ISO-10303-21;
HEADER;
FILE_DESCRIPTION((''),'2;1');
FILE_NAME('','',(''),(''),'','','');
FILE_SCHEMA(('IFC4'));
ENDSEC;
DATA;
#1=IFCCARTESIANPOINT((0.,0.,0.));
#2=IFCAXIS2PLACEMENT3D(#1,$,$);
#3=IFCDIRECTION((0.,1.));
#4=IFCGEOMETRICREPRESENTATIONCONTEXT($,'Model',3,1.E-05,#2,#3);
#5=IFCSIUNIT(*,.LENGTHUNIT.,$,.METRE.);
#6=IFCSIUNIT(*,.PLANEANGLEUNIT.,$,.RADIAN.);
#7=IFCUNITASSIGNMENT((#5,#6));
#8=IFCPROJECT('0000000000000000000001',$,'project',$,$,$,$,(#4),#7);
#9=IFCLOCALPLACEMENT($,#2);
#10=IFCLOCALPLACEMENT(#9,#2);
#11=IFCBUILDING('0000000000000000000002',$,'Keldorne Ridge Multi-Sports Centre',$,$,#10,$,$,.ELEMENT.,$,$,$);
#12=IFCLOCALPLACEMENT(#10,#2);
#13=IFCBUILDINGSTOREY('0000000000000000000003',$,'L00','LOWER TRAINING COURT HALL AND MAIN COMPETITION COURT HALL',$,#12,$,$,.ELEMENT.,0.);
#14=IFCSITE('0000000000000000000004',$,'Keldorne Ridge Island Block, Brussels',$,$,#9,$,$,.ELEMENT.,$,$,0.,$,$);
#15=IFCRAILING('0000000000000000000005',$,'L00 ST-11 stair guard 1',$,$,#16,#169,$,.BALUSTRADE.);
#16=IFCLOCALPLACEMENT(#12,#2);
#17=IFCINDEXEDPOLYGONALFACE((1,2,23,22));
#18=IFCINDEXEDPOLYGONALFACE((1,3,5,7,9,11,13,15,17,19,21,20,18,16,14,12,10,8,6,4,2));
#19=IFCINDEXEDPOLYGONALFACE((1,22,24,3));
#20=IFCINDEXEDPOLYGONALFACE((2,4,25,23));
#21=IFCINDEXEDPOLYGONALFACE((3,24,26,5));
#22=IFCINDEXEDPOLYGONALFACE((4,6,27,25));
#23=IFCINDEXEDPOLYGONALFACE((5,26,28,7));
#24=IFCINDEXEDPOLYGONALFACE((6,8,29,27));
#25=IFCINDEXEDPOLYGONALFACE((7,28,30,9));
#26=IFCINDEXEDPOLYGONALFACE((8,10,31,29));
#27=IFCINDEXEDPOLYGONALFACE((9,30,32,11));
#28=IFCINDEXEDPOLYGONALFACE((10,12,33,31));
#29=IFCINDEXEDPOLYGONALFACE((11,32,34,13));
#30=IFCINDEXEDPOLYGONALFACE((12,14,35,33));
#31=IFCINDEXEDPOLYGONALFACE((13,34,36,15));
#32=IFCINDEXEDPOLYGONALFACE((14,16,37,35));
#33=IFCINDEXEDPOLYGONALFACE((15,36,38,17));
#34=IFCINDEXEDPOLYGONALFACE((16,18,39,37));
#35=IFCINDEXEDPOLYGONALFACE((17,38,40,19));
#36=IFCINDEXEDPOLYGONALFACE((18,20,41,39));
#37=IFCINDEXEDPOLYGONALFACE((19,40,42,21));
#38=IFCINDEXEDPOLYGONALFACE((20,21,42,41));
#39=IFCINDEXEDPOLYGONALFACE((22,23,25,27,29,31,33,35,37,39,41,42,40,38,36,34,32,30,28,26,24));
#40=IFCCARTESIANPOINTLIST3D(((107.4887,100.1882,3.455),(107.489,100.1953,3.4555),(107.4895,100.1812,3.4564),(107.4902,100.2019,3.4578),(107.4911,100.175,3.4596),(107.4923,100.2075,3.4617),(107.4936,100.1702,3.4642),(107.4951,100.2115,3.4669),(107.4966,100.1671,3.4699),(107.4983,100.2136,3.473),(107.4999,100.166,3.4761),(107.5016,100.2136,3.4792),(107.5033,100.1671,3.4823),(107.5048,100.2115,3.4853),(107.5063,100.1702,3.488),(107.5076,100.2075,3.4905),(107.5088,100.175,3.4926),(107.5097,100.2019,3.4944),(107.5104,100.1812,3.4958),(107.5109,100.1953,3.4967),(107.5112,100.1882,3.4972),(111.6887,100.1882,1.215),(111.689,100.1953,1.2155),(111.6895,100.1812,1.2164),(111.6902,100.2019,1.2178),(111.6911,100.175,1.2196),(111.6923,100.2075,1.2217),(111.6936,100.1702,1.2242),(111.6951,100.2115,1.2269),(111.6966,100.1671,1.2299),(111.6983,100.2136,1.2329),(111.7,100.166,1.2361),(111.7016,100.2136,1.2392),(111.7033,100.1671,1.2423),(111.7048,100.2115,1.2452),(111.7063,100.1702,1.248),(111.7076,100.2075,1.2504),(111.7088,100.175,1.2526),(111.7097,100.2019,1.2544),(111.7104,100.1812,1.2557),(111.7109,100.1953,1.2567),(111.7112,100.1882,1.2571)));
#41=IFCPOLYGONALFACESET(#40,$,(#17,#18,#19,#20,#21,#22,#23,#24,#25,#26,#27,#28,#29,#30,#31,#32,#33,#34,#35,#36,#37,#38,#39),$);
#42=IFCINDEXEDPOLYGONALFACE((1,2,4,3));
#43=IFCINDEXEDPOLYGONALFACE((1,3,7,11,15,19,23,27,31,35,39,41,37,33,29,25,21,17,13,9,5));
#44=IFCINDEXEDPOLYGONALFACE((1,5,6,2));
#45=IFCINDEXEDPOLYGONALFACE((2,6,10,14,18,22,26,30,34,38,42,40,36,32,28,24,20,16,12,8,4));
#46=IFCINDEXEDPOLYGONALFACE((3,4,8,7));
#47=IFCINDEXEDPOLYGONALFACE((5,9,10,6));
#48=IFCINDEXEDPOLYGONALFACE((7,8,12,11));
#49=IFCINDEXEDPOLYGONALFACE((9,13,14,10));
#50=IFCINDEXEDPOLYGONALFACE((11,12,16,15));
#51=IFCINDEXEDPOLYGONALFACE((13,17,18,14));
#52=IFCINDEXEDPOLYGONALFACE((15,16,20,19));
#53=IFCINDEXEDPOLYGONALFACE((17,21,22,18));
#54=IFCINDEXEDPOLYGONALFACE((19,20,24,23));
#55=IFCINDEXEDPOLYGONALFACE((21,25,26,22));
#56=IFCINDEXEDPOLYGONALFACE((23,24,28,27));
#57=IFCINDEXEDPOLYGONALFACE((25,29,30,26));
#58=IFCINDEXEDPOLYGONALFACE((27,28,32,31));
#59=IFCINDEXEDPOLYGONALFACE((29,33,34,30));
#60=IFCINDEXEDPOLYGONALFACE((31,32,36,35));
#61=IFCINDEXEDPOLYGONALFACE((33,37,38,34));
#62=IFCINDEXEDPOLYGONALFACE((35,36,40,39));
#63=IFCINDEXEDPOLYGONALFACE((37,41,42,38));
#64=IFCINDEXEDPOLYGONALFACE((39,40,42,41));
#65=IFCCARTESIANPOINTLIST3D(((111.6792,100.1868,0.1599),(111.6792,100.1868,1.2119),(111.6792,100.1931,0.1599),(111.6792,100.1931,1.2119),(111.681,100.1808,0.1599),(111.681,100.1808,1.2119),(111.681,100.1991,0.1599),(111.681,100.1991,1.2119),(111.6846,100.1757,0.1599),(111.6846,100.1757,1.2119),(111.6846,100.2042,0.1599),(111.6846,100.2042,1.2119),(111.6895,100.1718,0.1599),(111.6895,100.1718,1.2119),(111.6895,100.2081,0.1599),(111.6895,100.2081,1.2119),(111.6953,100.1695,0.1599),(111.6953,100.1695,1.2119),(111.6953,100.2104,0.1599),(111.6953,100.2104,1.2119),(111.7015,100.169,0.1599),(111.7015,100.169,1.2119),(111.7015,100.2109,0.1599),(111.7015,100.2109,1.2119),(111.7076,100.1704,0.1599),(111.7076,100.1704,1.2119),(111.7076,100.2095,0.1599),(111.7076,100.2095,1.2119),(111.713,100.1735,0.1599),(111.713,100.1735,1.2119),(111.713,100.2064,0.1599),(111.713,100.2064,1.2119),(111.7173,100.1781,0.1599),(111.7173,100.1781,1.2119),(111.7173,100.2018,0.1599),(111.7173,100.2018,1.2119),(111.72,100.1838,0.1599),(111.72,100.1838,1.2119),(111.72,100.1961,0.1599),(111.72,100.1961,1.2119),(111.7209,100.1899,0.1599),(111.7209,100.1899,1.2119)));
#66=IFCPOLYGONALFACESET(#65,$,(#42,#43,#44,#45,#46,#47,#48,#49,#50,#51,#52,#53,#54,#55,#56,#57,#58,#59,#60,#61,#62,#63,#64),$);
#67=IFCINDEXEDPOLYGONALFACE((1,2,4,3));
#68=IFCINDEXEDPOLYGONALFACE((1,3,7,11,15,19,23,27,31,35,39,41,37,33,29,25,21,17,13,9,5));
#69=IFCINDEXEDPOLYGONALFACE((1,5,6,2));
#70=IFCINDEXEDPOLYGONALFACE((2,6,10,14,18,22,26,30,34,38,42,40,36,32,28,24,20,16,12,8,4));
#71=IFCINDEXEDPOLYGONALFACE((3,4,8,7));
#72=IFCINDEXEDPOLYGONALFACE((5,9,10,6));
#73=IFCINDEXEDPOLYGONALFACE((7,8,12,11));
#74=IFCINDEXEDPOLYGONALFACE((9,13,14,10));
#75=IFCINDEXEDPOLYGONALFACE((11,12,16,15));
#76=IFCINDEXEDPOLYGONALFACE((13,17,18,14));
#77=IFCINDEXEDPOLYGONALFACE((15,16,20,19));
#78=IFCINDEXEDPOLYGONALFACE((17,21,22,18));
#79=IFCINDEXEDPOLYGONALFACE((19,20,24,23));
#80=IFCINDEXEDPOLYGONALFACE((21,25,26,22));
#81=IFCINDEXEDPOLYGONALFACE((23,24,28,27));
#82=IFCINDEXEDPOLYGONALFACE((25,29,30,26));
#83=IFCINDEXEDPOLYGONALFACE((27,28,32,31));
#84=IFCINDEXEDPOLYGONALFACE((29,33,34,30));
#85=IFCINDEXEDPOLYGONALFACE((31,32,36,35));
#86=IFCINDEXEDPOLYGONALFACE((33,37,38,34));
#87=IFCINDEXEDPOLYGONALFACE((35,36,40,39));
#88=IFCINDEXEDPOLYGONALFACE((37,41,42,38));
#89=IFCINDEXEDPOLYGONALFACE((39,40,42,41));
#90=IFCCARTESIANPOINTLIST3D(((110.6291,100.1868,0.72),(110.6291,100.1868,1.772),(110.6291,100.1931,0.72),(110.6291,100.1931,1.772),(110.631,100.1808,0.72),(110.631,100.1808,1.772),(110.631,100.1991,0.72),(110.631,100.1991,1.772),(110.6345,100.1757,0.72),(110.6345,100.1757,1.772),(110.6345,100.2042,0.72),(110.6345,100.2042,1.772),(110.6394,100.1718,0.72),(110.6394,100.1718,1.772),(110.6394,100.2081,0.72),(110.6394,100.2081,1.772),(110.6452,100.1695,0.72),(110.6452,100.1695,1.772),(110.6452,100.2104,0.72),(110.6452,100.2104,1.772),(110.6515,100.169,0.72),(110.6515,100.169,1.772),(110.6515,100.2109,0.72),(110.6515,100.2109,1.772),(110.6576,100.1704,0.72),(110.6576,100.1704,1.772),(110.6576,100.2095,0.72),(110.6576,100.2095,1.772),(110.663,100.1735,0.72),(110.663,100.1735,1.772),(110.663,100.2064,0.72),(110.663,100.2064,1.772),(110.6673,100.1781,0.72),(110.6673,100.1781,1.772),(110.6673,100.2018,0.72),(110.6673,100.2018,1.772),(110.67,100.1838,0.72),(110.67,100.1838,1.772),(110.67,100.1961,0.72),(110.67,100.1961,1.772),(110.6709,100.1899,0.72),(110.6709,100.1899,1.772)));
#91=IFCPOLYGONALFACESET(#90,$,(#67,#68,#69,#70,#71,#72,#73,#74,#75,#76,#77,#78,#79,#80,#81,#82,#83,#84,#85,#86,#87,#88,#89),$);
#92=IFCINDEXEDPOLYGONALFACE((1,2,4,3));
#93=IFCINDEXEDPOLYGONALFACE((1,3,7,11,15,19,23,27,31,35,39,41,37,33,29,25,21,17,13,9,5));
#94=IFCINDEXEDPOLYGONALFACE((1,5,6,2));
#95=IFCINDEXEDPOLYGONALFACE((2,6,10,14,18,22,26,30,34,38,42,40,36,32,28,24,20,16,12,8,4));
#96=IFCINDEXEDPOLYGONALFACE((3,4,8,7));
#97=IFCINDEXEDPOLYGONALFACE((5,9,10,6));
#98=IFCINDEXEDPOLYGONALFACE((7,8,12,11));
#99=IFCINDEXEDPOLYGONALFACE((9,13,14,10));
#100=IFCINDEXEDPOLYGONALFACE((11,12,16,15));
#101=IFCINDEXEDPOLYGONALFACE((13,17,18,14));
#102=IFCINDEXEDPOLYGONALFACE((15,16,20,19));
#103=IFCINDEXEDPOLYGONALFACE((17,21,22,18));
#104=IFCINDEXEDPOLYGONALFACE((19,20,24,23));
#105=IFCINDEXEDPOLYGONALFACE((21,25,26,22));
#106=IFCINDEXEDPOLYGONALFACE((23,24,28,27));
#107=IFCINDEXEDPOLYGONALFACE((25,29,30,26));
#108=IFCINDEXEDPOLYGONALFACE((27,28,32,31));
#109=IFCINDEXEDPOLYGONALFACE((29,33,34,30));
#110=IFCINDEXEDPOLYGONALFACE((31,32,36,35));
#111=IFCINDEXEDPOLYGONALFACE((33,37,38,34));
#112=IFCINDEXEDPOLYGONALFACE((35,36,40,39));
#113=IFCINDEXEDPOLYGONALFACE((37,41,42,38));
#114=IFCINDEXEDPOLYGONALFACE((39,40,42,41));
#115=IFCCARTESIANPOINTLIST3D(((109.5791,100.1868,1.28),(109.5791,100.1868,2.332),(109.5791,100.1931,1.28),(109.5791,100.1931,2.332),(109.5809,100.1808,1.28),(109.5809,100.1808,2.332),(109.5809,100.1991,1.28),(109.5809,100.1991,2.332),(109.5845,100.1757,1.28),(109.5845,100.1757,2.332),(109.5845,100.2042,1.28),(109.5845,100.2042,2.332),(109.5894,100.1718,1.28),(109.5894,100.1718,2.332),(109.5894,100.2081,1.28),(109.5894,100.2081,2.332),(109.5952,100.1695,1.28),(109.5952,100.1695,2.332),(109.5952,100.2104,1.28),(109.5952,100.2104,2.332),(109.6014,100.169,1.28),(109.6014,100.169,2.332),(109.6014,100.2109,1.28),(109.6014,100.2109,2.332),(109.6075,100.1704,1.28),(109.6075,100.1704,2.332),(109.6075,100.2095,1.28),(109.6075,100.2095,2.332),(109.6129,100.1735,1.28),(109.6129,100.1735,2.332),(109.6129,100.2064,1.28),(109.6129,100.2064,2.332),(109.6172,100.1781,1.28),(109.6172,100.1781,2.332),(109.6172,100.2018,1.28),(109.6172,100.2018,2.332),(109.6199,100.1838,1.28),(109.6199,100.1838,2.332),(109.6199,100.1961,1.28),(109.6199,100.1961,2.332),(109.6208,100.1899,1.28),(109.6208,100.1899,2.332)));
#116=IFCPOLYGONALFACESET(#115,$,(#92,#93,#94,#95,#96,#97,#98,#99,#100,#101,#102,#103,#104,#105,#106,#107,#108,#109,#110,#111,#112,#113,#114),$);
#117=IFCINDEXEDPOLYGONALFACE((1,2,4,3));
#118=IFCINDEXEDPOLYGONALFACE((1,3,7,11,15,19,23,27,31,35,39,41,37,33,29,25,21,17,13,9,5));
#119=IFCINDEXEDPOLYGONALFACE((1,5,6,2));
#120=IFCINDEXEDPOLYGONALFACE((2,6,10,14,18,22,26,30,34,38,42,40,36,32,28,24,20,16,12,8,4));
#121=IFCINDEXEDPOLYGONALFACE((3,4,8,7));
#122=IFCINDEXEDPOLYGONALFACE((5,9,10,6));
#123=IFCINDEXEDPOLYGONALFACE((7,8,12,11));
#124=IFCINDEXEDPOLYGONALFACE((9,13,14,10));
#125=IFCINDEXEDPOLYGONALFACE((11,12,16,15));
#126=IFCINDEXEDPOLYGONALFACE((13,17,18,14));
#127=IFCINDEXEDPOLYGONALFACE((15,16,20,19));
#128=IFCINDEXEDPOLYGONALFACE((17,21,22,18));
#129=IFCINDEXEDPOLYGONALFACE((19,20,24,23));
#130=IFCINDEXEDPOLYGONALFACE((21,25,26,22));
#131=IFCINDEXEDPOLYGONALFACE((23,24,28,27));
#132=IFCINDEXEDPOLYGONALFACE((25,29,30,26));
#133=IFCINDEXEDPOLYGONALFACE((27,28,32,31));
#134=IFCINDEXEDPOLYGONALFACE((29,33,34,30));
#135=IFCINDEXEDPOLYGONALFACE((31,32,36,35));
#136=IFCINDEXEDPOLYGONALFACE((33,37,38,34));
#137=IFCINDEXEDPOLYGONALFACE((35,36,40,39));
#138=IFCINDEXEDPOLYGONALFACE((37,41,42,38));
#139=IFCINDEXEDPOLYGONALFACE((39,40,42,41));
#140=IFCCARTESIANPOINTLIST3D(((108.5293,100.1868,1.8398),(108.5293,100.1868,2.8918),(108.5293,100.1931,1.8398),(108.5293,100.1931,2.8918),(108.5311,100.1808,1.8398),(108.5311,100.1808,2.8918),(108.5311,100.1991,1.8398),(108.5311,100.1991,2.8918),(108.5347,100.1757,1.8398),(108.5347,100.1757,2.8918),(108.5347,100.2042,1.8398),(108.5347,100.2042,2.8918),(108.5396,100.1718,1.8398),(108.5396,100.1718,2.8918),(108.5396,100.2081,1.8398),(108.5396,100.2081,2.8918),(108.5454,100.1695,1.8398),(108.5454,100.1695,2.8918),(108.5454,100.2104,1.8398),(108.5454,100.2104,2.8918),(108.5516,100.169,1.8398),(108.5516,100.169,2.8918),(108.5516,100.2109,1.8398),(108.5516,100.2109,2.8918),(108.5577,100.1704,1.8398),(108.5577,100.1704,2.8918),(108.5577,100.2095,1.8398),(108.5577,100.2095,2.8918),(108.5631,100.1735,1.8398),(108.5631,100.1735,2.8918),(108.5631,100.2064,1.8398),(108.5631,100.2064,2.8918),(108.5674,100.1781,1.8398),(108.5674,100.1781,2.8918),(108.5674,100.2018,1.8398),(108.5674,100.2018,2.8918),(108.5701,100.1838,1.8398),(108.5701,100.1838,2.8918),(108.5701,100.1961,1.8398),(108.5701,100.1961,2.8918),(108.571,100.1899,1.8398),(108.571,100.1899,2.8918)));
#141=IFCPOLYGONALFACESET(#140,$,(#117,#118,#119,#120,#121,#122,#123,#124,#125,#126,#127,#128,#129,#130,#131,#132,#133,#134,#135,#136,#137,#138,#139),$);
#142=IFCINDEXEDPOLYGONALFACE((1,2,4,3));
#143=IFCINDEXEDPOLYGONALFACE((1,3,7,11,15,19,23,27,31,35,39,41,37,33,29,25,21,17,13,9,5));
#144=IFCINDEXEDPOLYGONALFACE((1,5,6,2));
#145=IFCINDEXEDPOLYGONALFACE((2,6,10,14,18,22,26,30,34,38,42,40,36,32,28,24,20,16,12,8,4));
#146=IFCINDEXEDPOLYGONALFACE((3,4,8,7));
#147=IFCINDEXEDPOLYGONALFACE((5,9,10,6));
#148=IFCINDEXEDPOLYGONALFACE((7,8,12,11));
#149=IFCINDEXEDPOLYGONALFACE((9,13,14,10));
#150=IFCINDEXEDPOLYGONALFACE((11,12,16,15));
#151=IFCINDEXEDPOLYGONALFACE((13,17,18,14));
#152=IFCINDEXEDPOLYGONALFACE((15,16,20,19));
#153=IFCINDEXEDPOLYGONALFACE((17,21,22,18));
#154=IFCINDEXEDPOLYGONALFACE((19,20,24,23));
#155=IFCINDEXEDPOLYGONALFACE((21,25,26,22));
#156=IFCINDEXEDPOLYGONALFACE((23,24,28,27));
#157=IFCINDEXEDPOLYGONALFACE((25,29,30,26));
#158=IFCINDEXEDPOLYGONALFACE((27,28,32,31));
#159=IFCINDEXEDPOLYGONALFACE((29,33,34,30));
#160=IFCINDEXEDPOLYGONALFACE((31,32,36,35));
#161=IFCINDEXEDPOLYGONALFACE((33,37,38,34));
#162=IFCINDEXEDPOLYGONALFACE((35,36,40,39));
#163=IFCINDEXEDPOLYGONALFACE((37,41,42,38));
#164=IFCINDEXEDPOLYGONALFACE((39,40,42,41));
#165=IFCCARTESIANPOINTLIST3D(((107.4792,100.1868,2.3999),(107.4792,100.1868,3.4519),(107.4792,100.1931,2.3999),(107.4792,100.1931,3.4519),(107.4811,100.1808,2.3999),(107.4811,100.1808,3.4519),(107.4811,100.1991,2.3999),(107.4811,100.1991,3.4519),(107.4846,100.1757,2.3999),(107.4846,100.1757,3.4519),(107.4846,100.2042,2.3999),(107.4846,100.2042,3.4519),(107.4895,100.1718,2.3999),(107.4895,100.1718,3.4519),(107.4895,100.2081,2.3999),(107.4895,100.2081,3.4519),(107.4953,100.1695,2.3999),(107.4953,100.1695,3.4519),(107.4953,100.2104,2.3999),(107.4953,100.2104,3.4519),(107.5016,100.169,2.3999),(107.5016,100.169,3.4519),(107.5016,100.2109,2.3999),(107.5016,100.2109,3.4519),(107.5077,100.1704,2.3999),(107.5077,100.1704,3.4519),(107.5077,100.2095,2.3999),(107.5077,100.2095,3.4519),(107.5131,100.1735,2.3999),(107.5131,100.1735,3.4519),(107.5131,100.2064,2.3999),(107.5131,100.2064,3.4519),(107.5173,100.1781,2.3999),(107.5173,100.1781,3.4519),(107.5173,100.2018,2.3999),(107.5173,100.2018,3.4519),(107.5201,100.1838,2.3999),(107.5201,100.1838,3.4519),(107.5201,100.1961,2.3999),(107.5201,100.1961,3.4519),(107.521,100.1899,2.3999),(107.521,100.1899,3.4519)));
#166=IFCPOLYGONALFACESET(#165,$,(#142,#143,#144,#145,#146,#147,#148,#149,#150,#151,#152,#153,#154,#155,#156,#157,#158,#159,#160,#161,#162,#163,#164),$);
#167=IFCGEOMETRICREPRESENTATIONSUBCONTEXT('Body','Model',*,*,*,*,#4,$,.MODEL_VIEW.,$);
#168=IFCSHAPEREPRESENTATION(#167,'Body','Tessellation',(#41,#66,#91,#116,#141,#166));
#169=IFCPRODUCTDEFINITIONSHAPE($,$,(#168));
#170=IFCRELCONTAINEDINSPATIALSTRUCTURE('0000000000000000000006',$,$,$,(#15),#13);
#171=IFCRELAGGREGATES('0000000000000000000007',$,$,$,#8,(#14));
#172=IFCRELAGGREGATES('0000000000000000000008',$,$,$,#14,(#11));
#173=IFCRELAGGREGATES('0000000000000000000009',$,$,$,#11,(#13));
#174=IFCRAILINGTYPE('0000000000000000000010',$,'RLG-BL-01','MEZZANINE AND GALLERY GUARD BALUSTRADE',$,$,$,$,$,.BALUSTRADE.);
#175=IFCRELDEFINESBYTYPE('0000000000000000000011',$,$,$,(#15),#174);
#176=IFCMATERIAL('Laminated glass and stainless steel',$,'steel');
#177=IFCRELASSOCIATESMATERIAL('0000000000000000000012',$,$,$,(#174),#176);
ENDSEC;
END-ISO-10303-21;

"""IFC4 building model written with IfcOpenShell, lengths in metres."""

from ifc_helpers import new_model, si_unit, direction, frame, origin, origin_2d, place, context, subcontext, project, spatial, circle, extrude, material, type_object, element, save


model = new_model("IFC4")

# Units and contexts
model_context = context("Model", 3, precision=1e-05, world=origin(), true_north=direction((0.0, 1.0)))
body_context = subcontext(model_context, "Body", "Model", "MODEL_VIEW")
ifc_project = project(units=[si_unit("LENGTHUNIT", "METRE"), si_unit("PLANEANGLEUNIT", "RADIAN")], contexts=[model_context])

# Site, building, storey
site_placement = place(None, origin())
site = spatial("IfcSite", under=ifc_project, at=site_placement, Name="Keldorne Ridge Island Block, Brussels", CompositionType="ELEMENT", RefElevation=0.0)
building_placement = place(site_placement, origin())
building = spatial("IfcBuilding", under=site, at=building_placement, Name="Keldorne Ridge Multi-Sports Centre", CompositionType="ELEMENT")
storey_placement = place(building_placement, origin())
storey = spatial("IfcBuildingStorey", under=building, at=storey_placement, Name="L00", Description="LOWER TRAINING COURT HALL AND MAIN COMPETITION COURT HALL", CompositionType="ELEMENT", Elevation=0.0)

# Railing
ifc_material_1 = material(Name="Laminated glass and stainless steel", Category="steel")
railing_type_1 = type_object("IfcRailingType", Name="RLG-BL-01", Description="MEZZANINE AND GALLERY GUARD BALUSTRADE", PredefinedType="BALUSTRADE", material=ifc_material_1)
railing_1_placement = place(storey_placement, frame((111.7, 100.1899, 0.1599)))
element("IfcRailing", 1, at=railing_1_placement, inside=storey, type_object=railing_type_1, Name="L00 ST-11 stair guard 1", PredefinedType="BALUSTRADE", context=body_context, shape_type="SweptSolid", body=[
    extrude(circle(Radius=0.0239, at=origin_2d()), frame((0.0, 0.0, 1.0762), z_axis=(-0.882352, 0.0, 0.470591), x_axis=(0.0, -1.0, 0.0)), (0.0, 0.0, 1.0), 4.76),
    extrude(circle(Radius=0.021, at=origin_2d()), origin(), (0.0, 0.0, 1.0), 1.052),
    extrude(circle(Radius=0.021, at=origin_2d()), frame((-1.05, 0.0, 0.5601)), (0.0, 0.0, 1.0), 1.052),
    extrude(circle(Radius=0.021, at=origin_2d()), frame((-2.1001, 0.0, 1.1201)), (0.0, 0.0, 1.0), 1.052),
    extrude(circle(Radius=0.021, at=origin_2d()), frame((-3.1499, 0.0, 1.6799)), (0.0, 0.0, 1.0), 1.052),
    extrude(circle(Radius=0.021, at=origin_2d()), frame((-4.2, 0.0, 2.24)), (0.0, 0.0, 1.0), 1.052),
])

save(model, "model.ifc")
